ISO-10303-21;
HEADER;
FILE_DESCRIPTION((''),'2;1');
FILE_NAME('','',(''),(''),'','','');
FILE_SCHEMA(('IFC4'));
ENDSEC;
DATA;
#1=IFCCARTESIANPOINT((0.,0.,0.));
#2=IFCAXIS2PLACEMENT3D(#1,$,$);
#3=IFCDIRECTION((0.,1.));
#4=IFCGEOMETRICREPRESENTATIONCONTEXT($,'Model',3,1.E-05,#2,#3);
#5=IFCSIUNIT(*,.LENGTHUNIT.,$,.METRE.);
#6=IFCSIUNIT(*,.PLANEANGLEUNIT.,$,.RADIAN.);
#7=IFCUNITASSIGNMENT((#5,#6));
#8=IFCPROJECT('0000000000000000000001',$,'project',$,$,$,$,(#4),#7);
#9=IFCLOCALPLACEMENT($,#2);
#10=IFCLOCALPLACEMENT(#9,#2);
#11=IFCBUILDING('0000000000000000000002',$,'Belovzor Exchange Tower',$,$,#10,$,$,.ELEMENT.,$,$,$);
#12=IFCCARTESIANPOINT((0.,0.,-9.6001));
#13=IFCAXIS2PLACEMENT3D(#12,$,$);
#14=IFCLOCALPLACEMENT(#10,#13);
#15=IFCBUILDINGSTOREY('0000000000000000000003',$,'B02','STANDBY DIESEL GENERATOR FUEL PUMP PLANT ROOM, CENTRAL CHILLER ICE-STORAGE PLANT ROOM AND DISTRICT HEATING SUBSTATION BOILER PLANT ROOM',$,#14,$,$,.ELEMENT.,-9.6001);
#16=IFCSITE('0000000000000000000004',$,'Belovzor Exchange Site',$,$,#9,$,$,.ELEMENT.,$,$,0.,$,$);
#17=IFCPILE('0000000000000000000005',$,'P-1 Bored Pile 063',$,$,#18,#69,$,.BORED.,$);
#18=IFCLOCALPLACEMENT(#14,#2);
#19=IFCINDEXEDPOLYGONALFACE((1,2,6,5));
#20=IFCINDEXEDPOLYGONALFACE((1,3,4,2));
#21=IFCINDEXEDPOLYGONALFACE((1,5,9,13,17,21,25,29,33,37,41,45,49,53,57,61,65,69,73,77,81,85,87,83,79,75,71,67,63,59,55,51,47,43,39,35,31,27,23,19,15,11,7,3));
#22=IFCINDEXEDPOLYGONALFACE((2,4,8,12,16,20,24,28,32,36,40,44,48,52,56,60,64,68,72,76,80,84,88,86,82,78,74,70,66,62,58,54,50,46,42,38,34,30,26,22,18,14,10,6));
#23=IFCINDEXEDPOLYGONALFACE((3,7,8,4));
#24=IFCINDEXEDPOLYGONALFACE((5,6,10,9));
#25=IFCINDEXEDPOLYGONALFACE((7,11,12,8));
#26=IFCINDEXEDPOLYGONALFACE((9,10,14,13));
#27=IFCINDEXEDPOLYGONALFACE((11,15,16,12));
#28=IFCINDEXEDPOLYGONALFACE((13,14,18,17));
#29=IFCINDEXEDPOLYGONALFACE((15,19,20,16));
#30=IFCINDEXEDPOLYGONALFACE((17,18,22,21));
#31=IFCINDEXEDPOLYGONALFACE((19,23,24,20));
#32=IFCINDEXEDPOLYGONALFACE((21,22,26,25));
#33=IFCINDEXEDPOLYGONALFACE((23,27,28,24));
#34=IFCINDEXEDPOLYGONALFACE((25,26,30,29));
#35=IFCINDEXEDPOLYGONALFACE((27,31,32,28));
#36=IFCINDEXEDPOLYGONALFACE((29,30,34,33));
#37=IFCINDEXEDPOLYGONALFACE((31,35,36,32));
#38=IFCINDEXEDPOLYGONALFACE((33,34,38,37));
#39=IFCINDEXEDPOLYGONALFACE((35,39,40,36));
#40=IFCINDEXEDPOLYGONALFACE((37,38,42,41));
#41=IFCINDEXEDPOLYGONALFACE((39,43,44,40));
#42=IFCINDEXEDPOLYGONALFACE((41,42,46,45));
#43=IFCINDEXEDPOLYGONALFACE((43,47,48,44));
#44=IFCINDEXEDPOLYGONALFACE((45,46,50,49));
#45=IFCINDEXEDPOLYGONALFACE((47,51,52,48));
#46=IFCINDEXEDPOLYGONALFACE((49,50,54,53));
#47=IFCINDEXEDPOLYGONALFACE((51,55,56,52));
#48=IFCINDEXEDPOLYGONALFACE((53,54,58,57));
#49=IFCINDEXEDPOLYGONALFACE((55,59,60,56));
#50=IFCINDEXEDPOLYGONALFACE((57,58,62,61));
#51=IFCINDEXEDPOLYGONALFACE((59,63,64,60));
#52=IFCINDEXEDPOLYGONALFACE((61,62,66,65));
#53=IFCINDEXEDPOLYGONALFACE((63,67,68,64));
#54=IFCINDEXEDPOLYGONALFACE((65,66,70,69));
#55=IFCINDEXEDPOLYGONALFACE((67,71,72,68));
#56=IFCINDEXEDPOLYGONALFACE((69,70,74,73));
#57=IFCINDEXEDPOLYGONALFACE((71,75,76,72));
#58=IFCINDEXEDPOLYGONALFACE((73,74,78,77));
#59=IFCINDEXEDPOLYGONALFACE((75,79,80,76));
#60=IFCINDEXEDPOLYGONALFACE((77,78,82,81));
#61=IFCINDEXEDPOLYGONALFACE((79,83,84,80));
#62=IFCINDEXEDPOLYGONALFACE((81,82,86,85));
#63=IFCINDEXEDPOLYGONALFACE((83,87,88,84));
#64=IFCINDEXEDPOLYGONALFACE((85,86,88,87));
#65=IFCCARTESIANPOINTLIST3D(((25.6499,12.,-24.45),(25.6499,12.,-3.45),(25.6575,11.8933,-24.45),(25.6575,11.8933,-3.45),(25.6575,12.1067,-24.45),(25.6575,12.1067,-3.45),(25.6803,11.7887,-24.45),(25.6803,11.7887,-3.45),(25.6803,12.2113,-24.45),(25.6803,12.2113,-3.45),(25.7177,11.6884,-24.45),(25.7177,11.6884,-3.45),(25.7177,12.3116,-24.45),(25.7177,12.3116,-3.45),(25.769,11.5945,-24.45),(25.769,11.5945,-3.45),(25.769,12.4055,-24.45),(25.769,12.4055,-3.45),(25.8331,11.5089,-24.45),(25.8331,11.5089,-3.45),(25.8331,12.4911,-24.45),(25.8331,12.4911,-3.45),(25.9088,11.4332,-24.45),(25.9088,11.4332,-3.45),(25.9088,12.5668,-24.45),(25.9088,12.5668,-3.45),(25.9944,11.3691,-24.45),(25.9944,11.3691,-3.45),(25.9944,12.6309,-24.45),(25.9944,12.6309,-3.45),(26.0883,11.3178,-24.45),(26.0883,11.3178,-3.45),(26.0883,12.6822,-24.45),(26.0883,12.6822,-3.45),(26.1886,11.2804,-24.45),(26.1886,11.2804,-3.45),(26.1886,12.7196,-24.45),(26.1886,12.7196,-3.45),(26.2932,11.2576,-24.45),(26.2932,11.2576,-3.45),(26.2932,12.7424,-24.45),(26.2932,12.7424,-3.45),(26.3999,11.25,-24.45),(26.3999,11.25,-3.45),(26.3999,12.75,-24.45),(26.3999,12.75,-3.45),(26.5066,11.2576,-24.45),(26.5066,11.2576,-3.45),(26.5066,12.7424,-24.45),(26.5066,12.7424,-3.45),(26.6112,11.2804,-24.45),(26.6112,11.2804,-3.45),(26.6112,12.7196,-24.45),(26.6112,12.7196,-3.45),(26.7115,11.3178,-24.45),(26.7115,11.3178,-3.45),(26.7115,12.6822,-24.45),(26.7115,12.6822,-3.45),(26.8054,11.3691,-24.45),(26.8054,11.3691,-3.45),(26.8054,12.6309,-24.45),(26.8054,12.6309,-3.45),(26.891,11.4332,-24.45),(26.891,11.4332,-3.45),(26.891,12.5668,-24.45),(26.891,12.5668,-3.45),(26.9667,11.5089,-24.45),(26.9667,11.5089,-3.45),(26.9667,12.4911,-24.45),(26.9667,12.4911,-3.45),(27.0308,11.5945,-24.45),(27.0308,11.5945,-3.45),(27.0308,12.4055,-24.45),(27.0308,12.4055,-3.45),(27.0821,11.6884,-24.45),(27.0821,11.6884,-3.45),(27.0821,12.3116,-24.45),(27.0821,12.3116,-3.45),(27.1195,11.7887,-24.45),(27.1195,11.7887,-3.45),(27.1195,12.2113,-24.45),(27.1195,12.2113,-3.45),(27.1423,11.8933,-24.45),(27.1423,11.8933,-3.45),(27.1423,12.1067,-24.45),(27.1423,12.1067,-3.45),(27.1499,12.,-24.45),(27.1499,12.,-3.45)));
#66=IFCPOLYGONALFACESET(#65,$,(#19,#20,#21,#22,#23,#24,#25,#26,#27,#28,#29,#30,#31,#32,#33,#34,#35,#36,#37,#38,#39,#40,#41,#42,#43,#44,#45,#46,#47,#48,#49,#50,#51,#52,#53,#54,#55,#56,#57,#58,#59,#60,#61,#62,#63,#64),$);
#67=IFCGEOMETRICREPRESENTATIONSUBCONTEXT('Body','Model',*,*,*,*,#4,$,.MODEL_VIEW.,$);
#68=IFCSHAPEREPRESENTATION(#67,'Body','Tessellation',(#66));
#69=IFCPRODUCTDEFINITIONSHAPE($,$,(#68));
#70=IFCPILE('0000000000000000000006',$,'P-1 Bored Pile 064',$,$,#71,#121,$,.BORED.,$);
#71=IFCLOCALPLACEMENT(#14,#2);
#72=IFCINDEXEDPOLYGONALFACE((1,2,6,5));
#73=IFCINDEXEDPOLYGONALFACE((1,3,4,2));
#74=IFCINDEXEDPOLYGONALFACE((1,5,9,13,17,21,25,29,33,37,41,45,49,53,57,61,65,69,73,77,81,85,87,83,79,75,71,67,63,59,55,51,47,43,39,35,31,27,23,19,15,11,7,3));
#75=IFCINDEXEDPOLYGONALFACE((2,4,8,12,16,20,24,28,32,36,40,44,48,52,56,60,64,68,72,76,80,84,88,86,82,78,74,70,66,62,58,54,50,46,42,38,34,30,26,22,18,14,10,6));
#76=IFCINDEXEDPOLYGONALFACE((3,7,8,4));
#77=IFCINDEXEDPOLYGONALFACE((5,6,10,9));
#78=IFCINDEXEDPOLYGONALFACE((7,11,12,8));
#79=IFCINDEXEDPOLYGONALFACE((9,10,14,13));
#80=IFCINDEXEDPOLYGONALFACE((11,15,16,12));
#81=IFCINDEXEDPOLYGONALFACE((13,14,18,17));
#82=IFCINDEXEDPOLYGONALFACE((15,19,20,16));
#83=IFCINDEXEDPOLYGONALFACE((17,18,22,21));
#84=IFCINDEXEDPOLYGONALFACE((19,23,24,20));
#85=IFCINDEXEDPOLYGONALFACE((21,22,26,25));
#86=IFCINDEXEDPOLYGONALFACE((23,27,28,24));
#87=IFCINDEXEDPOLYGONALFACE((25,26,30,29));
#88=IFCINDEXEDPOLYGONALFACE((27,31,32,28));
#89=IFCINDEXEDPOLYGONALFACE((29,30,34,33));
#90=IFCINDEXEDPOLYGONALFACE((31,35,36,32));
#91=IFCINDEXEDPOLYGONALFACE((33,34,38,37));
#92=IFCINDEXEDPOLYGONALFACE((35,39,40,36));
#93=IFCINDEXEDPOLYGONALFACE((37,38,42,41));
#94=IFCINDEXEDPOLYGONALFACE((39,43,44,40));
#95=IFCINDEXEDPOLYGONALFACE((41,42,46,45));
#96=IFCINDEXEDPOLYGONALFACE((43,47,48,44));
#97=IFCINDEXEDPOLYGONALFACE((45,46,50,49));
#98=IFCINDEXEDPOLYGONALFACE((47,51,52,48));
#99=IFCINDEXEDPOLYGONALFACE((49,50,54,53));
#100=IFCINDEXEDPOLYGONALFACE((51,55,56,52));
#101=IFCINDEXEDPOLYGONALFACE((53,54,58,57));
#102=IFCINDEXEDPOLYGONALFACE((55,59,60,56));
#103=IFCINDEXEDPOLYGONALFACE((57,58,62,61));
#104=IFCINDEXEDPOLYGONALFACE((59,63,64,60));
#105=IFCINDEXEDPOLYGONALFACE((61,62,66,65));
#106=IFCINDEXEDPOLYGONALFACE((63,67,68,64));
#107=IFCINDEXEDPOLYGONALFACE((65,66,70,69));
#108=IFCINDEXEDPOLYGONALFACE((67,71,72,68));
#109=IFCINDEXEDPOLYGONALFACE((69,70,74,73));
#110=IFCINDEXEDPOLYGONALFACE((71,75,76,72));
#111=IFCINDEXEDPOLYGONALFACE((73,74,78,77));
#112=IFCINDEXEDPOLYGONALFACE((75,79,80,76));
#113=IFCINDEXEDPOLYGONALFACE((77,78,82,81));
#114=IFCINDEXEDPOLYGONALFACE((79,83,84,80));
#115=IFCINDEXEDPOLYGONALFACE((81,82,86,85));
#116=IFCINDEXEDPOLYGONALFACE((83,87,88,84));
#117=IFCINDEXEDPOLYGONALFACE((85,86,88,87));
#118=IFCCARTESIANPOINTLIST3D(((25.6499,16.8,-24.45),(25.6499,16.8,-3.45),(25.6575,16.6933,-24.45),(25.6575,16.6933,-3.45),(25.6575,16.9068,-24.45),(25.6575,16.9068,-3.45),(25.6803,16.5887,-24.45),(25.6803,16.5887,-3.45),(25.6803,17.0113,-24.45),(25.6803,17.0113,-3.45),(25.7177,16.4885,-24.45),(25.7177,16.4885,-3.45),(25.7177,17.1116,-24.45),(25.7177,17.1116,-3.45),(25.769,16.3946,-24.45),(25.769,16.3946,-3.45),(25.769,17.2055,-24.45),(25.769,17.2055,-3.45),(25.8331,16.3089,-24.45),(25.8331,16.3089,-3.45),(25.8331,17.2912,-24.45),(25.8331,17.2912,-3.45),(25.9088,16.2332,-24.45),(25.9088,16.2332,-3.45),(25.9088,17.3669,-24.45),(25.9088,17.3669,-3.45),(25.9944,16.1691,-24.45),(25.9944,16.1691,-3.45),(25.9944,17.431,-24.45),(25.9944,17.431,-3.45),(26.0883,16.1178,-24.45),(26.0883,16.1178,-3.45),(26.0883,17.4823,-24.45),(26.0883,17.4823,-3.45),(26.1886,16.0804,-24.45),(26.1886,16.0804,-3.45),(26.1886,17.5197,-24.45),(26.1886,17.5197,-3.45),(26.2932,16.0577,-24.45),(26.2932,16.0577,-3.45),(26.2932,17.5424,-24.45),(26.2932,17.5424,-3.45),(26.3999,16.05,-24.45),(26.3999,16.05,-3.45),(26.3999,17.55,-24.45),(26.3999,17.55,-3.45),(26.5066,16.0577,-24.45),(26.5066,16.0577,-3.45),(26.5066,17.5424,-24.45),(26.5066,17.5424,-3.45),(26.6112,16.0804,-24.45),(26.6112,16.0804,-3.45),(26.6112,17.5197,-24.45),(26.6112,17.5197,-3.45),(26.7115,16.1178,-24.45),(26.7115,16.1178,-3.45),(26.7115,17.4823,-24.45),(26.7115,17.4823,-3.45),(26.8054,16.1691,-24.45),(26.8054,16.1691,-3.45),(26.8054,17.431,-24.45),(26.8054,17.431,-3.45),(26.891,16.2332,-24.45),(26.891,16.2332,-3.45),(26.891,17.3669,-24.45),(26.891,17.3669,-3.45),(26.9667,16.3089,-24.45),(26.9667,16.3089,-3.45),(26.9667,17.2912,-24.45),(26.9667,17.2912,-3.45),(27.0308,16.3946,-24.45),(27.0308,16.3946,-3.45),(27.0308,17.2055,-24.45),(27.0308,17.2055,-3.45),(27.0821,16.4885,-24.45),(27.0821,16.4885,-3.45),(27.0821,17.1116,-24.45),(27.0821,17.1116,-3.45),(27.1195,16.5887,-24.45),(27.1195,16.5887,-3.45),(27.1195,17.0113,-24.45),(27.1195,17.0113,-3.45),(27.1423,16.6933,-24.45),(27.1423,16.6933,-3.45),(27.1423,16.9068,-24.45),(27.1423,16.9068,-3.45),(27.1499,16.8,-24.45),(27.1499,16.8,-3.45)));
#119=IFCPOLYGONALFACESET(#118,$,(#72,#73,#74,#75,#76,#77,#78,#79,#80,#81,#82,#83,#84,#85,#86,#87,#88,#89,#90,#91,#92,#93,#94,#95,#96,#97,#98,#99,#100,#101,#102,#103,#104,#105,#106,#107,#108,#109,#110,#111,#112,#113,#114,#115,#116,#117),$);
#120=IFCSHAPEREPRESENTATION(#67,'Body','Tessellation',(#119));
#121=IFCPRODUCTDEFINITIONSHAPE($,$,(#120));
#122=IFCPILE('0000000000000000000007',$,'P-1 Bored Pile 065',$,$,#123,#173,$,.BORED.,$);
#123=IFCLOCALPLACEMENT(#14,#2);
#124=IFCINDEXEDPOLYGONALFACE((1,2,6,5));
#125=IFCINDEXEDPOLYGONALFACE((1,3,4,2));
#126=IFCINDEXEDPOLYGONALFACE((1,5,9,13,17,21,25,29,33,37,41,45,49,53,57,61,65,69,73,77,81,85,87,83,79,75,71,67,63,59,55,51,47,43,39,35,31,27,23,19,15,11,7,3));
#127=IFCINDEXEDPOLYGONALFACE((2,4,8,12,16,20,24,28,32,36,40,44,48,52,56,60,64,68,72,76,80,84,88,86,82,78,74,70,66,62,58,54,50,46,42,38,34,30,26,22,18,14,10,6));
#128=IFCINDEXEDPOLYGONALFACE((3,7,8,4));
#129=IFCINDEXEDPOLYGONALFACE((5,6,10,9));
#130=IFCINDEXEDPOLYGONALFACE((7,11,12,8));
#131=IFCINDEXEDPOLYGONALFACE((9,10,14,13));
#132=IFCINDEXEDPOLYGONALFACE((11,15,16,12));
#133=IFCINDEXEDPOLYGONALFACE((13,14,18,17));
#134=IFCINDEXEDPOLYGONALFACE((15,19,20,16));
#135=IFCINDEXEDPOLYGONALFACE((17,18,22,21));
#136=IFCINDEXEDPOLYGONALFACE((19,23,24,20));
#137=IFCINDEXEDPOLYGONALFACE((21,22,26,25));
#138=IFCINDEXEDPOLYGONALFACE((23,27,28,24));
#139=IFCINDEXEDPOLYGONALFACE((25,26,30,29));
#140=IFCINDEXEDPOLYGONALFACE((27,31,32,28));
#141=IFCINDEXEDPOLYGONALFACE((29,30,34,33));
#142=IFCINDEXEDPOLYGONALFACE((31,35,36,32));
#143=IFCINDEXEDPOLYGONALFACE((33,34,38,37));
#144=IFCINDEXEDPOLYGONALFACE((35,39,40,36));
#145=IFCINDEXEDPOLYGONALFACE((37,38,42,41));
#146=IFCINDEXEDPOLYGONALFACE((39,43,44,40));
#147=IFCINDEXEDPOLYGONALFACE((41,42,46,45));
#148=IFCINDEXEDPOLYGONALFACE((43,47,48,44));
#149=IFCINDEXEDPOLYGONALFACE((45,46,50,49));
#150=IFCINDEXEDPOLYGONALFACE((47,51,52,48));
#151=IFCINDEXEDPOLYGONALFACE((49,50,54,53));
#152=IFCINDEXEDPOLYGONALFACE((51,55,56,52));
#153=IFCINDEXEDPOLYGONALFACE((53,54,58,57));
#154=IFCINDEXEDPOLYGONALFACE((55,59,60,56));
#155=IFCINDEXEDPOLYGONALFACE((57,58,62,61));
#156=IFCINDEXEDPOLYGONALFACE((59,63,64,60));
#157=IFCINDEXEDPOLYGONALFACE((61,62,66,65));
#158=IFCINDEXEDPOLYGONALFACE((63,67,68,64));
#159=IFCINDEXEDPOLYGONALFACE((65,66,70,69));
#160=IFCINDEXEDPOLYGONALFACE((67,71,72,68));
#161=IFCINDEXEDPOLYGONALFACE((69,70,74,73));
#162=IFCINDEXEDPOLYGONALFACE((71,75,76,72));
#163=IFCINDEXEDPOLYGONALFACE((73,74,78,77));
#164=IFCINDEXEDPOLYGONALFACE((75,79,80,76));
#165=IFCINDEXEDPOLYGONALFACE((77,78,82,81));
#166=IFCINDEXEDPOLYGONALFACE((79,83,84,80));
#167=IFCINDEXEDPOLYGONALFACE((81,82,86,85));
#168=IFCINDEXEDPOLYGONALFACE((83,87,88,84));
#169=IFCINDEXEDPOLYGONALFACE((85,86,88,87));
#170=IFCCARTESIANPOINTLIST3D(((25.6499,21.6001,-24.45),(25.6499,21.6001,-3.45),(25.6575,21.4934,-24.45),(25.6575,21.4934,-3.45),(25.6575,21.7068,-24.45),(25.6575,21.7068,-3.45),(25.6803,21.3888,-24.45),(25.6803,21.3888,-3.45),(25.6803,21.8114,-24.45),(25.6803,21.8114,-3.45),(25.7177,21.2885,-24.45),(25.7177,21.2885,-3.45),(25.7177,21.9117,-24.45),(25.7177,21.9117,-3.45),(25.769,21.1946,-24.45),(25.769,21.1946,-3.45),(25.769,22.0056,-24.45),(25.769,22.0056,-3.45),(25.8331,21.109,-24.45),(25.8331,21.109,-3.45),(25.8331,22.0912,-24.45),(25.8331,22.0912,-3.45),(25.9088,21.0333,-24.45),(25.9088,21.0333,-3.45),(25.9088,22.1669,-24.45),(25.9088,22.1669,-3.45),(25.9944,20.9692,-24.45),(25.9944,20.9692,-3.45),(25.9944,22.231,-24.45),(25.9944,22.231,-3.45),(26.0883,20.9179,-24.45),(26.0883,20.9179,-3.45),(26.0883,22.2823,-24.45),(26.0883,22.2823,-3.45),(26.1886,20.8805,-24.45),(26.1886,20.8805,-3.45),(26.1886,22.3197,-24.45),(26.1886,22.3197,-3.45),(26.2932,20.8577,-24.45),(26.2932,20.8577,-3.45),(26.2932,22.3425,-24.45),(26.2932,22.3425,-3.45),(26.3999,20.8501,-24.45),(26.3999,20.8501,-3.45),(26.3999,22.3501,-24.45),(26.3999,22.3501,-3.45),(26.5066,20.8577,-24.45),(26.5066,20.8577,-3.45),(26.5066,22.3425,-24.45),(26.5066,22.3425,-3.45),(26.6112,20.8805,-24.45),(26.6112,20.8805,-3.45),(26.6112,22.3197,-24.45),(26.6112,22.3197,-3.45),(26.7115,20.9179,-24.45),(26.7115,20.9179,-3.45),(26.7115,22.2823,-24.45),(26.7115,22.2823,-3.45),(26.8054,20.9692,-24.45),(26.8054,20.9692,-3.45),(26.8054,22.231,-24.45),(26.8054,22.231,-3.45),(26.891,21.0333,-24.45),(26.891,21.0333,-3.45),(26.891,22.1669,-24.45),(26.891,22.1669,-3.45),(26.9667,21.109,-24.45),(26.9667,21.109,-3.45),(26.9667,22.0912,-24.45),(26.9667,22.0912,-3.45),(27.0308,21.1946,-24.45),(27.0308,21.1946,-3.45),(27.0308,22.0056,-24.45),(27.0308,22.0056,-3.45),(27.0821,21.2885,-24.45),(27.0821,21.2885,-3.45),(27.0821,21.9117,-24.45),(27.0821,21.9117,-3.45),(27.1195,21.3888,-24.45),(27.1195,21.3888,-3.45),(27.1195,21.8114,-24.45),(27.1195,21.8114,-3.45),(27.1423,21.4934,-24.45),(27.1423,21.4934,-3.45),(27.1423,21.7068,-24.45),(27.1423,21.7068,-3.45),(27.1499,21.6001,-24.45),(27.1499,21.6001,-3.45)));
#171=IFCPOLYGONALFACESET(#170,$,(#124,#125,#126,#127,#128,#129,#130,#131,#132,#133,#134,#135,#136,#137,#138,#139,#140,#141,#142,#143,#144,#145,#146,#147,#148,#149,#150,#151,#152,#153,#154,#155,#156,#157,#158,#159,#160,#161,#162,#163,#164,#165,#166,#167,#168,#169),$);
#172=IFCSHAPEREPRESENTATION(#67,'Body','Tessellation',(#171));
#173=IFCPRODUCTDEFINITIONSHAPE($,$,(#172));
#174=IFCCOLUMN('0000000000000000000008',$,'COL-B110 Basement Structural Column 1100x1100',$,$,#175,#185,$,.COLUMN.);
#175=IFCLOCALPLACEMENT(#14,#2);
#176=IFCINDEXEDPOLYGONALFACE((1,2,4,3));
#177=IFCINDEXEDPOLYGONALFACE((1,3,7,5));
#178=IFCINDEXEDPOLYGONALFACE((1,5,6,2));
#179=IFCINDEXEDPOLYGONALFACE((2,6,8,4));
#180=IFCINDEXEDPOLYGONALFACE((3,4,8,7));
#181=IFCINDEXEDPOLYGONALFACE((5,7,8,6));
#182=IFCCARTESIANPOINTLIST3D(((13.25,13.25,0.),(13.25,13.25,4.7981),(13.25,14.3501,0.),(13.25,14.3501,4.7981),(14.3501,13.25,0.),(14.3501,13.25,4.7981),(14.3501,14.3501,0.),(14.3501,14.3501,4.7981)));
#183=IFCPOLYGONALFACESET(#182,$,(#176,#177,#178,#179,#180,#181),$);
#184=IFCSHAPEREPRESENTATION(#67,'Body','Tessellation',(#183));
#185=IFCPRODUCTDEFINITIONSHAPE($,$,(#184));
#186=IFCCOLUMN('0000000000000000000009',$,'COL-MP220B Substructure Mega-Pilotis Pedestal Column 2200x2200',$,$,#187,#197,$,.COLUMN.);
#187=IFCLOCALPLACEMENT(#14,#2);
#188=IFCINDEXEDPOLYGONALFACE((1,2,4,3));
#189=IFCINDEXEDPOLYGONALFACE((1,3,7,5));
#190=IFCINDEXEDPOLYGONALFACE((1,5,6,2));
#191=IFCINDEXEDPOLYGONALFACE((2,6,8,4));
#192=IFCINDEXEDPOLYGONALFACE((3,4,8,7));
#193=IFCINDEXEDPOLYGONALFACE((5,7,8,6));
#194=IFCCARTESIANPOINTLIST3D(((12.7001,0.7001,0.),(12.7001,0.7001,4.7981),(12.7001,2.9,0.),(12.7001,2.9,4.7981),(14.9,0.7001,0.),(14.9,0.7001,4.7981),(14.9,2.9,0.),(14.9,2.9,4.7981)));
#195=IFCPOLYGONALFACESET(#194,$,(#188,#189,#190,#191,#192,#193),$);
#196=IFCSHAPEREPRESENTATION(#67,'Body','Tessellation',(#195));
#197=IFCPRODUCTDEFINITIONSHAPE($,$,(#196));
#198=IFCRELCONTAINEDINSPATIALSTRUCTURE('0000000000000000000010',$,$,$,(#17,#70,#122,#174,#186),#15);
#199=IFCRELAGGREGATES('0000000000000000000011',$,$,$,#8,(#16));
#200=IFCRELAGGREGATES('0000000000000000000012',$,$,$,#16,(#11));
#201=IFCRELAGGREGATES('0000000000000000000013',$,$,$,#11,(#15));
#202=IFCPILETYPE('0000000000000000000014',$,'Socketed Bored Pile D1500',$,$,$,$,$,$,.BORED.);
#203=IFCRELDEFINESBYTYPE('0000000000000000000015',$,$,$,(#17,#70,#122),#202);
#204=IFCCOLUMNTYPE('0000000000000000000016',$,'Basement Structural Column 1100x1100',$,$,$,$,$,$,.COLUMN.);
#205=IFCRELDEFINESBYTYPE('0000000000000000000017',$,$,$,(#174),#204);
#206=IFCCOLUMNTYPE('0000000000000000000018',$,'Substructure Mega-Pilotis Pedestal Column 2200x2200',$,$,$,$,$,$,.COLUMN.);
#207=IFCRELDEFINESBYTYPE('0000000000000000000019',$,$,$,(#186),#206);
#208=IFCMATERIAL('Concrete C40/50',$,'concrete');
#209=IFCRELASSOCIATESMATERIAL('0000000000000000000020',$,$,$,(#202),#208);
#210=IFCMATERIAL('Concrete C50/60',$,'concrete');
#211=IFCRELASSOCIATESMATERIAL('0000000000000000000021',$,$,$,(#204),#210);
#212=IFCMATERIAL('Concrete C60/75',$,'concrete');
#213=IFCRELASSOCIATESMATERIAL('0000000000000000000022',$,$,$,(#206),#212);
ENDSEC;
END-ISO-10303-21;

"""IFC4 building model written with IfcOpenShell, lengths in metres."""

from ifc_helpers import new_model, si_unit, direction, frame, origin, origin_2d, place, context, subcontext, project, spatial, rectangle, circle, extrude, material, material_profile, profile_set, type_object, element, save


model = new_model("IFC4")

# Units and contexts
model_context = context("Model", 3, precision=1e-05, world=origin(), true_north=direction((0.0, 1.0)))
body_context = subcontext(model_context, "Body", "Model", "MODEL_VIEW")
ifc_project = project(units=[si_unit("LENGTHUNIT", "METRE"), si_unit("PLANEANGLEUNIT", "RADIAN")], contexts=[model_context])

# Site, building, storey
site_placement = place(None, origin())
site = spatial("IfcSite", under=ifc_project, at=site_placement, Name="Belovzor Exchange Site", CompositionType="ELEMENT", RefElevation=0.0)
building_placement = place(site_placement, origin())
building = spatial("IfcBuilding", under=site, at=building_placement, Name="Belovzor Exchange Tower", CompositionType="ELEMENT")
storey_placement = place(building_placement, frame((0.0, 0.0, -9.6001)))
storey = spatial("IfcBuildingStorey", under=building, at=storey_placement, Name="B02", Description="STANDBY DIESEL GENERATOR FUEL PUMP PLANT ROOM, CENTRAL CHILLER ICE-STORAGE PLANT ROOM AND DISTRICT HEATING SUBSTATION BOILER PLANT ROOM", CompositionType="ELEMENT", Elevation=-9.6001)

# Piles
ifc_material_1 = material(Name="Concrete C40/50", Category="concrete")
ifc_material_profile_1 = material_profile(ifc_material_1, circle(Radius=0.75, at=origin_2d()))
ifc_profile_set_1 = profile_set([ifc_material_profile_1], Name="Concrete C40/50")
pile_type_1 = type_object("IfcPileType", Name="Socketed Bored Pile D1500", PredefinedType="BORED", material=ifc_profile_set_1)
for number, where, z_axis, x_axis, name in (
    (1, (26.3999, 12.0, -3.45), (0.0, 0.0, -1.0), (1.0, 0.0, 0.0), "P-1 Bored Pile 063"),
    (2, (26.3999, 16.8, -3.45), (0.0, 0.0, -1.0), (1.0, 0.0, 0.0), "P-1 Bored Pile 064"),
    (3, (26.3999, 21.6001, -3.45), (0.0, 0.0, -1.0), (1.0, 0.0, 0.0), "P-1 Bored Pile 065"),
):
    element("IfcPile", number, at=place(storey_placement, frame(where, z_axis=z_axis, x_axis=x_axis)), inside=storey, type_object=pile_type_1, Name=name, PredefinedType="BORED", context=body_context, shape_type="SweptSolid", body=[
        extrude(circle(Radius=0.75, at=origin_2d()), origin(), (0.0, 0.0, 1.0), 21.0),
    ])

# Columns
ifc_material_2 = material(Name="Concrete C50/60", Category="concrete")
ifc_material_profile_2 = material_profile(ifc_material_2, rectangle(XDim=1.1001, YDim=1.1001, at=origin_2d()))
ifc_profile_set_2 = profile_set([ifc_material_profile_2], Name="Concrete C50/60")
column_type_1 = type_object("IfcColumnType", Name="Basement Structural Column 1100x1100", PredefinedType="COLUMN", material=ifc_profile_set_2)
column_1_placement = place(storey_placement, frame((13.8, 13.8, 0.0), z_axis=(0.0, 0.0, 1.0), x_axis=(1.0, 0.0, 0.0)))
element("IfcColumn", 4, at=column_1_placement, inside=storey, type_object=column_type_1, Name="COL-B110 Basement Structural Column 1100x1100", PredefinedType="COLUMN", context=body_context, shape_type="SweptSolid", body=[
    extrude(rectangle(XDim=1.1001, YDim=1.1001, at=origin_2d()), origin(), (0.0, 0.0, 1.0), 4.7981),
])
ifc_material_3 = material(Name="Concrete C60/75", Category="concrete")
ifc_material_profile_3 = material_profile(ifc_material_3, rectangle(XDim=2.2, YDim=2.2, at=origin_2d()))
ifc_profile_set_3 = profile_set([ifc_material_profile_3], Name="Concrete C60/75")
column_type_2 = type_object("IfcColumnType", Name="Substructure Mega-Pilotis Pedestal Column 2200x2200", PredefinedType="COLUMN", material=ifc_profile_set_3)
column_2_placement = place(storey_placement, frame((13.8, 1.8, 0.0), z_axis=(0.0, 0.0, 1.0), x_axis=(1.0, 0.0, 0.0)))
element("IfcColumn", 5, at=column_2_placement, inside=storey, type_object=column_type_2, Name="COL-MP220B Substructure Mega-Pilotis Pedestal Column 2200x2200", PredefinedType="COLUMN", context=body_context, shape_type="SweptSolid", body=[
    extrude(rectangle(XDim=2.2, YDim=2.2, at=origin_2d()), origin(), (0.0, 0.0, 1.0), 4.7981),
])

save(model, "model.ifc")
